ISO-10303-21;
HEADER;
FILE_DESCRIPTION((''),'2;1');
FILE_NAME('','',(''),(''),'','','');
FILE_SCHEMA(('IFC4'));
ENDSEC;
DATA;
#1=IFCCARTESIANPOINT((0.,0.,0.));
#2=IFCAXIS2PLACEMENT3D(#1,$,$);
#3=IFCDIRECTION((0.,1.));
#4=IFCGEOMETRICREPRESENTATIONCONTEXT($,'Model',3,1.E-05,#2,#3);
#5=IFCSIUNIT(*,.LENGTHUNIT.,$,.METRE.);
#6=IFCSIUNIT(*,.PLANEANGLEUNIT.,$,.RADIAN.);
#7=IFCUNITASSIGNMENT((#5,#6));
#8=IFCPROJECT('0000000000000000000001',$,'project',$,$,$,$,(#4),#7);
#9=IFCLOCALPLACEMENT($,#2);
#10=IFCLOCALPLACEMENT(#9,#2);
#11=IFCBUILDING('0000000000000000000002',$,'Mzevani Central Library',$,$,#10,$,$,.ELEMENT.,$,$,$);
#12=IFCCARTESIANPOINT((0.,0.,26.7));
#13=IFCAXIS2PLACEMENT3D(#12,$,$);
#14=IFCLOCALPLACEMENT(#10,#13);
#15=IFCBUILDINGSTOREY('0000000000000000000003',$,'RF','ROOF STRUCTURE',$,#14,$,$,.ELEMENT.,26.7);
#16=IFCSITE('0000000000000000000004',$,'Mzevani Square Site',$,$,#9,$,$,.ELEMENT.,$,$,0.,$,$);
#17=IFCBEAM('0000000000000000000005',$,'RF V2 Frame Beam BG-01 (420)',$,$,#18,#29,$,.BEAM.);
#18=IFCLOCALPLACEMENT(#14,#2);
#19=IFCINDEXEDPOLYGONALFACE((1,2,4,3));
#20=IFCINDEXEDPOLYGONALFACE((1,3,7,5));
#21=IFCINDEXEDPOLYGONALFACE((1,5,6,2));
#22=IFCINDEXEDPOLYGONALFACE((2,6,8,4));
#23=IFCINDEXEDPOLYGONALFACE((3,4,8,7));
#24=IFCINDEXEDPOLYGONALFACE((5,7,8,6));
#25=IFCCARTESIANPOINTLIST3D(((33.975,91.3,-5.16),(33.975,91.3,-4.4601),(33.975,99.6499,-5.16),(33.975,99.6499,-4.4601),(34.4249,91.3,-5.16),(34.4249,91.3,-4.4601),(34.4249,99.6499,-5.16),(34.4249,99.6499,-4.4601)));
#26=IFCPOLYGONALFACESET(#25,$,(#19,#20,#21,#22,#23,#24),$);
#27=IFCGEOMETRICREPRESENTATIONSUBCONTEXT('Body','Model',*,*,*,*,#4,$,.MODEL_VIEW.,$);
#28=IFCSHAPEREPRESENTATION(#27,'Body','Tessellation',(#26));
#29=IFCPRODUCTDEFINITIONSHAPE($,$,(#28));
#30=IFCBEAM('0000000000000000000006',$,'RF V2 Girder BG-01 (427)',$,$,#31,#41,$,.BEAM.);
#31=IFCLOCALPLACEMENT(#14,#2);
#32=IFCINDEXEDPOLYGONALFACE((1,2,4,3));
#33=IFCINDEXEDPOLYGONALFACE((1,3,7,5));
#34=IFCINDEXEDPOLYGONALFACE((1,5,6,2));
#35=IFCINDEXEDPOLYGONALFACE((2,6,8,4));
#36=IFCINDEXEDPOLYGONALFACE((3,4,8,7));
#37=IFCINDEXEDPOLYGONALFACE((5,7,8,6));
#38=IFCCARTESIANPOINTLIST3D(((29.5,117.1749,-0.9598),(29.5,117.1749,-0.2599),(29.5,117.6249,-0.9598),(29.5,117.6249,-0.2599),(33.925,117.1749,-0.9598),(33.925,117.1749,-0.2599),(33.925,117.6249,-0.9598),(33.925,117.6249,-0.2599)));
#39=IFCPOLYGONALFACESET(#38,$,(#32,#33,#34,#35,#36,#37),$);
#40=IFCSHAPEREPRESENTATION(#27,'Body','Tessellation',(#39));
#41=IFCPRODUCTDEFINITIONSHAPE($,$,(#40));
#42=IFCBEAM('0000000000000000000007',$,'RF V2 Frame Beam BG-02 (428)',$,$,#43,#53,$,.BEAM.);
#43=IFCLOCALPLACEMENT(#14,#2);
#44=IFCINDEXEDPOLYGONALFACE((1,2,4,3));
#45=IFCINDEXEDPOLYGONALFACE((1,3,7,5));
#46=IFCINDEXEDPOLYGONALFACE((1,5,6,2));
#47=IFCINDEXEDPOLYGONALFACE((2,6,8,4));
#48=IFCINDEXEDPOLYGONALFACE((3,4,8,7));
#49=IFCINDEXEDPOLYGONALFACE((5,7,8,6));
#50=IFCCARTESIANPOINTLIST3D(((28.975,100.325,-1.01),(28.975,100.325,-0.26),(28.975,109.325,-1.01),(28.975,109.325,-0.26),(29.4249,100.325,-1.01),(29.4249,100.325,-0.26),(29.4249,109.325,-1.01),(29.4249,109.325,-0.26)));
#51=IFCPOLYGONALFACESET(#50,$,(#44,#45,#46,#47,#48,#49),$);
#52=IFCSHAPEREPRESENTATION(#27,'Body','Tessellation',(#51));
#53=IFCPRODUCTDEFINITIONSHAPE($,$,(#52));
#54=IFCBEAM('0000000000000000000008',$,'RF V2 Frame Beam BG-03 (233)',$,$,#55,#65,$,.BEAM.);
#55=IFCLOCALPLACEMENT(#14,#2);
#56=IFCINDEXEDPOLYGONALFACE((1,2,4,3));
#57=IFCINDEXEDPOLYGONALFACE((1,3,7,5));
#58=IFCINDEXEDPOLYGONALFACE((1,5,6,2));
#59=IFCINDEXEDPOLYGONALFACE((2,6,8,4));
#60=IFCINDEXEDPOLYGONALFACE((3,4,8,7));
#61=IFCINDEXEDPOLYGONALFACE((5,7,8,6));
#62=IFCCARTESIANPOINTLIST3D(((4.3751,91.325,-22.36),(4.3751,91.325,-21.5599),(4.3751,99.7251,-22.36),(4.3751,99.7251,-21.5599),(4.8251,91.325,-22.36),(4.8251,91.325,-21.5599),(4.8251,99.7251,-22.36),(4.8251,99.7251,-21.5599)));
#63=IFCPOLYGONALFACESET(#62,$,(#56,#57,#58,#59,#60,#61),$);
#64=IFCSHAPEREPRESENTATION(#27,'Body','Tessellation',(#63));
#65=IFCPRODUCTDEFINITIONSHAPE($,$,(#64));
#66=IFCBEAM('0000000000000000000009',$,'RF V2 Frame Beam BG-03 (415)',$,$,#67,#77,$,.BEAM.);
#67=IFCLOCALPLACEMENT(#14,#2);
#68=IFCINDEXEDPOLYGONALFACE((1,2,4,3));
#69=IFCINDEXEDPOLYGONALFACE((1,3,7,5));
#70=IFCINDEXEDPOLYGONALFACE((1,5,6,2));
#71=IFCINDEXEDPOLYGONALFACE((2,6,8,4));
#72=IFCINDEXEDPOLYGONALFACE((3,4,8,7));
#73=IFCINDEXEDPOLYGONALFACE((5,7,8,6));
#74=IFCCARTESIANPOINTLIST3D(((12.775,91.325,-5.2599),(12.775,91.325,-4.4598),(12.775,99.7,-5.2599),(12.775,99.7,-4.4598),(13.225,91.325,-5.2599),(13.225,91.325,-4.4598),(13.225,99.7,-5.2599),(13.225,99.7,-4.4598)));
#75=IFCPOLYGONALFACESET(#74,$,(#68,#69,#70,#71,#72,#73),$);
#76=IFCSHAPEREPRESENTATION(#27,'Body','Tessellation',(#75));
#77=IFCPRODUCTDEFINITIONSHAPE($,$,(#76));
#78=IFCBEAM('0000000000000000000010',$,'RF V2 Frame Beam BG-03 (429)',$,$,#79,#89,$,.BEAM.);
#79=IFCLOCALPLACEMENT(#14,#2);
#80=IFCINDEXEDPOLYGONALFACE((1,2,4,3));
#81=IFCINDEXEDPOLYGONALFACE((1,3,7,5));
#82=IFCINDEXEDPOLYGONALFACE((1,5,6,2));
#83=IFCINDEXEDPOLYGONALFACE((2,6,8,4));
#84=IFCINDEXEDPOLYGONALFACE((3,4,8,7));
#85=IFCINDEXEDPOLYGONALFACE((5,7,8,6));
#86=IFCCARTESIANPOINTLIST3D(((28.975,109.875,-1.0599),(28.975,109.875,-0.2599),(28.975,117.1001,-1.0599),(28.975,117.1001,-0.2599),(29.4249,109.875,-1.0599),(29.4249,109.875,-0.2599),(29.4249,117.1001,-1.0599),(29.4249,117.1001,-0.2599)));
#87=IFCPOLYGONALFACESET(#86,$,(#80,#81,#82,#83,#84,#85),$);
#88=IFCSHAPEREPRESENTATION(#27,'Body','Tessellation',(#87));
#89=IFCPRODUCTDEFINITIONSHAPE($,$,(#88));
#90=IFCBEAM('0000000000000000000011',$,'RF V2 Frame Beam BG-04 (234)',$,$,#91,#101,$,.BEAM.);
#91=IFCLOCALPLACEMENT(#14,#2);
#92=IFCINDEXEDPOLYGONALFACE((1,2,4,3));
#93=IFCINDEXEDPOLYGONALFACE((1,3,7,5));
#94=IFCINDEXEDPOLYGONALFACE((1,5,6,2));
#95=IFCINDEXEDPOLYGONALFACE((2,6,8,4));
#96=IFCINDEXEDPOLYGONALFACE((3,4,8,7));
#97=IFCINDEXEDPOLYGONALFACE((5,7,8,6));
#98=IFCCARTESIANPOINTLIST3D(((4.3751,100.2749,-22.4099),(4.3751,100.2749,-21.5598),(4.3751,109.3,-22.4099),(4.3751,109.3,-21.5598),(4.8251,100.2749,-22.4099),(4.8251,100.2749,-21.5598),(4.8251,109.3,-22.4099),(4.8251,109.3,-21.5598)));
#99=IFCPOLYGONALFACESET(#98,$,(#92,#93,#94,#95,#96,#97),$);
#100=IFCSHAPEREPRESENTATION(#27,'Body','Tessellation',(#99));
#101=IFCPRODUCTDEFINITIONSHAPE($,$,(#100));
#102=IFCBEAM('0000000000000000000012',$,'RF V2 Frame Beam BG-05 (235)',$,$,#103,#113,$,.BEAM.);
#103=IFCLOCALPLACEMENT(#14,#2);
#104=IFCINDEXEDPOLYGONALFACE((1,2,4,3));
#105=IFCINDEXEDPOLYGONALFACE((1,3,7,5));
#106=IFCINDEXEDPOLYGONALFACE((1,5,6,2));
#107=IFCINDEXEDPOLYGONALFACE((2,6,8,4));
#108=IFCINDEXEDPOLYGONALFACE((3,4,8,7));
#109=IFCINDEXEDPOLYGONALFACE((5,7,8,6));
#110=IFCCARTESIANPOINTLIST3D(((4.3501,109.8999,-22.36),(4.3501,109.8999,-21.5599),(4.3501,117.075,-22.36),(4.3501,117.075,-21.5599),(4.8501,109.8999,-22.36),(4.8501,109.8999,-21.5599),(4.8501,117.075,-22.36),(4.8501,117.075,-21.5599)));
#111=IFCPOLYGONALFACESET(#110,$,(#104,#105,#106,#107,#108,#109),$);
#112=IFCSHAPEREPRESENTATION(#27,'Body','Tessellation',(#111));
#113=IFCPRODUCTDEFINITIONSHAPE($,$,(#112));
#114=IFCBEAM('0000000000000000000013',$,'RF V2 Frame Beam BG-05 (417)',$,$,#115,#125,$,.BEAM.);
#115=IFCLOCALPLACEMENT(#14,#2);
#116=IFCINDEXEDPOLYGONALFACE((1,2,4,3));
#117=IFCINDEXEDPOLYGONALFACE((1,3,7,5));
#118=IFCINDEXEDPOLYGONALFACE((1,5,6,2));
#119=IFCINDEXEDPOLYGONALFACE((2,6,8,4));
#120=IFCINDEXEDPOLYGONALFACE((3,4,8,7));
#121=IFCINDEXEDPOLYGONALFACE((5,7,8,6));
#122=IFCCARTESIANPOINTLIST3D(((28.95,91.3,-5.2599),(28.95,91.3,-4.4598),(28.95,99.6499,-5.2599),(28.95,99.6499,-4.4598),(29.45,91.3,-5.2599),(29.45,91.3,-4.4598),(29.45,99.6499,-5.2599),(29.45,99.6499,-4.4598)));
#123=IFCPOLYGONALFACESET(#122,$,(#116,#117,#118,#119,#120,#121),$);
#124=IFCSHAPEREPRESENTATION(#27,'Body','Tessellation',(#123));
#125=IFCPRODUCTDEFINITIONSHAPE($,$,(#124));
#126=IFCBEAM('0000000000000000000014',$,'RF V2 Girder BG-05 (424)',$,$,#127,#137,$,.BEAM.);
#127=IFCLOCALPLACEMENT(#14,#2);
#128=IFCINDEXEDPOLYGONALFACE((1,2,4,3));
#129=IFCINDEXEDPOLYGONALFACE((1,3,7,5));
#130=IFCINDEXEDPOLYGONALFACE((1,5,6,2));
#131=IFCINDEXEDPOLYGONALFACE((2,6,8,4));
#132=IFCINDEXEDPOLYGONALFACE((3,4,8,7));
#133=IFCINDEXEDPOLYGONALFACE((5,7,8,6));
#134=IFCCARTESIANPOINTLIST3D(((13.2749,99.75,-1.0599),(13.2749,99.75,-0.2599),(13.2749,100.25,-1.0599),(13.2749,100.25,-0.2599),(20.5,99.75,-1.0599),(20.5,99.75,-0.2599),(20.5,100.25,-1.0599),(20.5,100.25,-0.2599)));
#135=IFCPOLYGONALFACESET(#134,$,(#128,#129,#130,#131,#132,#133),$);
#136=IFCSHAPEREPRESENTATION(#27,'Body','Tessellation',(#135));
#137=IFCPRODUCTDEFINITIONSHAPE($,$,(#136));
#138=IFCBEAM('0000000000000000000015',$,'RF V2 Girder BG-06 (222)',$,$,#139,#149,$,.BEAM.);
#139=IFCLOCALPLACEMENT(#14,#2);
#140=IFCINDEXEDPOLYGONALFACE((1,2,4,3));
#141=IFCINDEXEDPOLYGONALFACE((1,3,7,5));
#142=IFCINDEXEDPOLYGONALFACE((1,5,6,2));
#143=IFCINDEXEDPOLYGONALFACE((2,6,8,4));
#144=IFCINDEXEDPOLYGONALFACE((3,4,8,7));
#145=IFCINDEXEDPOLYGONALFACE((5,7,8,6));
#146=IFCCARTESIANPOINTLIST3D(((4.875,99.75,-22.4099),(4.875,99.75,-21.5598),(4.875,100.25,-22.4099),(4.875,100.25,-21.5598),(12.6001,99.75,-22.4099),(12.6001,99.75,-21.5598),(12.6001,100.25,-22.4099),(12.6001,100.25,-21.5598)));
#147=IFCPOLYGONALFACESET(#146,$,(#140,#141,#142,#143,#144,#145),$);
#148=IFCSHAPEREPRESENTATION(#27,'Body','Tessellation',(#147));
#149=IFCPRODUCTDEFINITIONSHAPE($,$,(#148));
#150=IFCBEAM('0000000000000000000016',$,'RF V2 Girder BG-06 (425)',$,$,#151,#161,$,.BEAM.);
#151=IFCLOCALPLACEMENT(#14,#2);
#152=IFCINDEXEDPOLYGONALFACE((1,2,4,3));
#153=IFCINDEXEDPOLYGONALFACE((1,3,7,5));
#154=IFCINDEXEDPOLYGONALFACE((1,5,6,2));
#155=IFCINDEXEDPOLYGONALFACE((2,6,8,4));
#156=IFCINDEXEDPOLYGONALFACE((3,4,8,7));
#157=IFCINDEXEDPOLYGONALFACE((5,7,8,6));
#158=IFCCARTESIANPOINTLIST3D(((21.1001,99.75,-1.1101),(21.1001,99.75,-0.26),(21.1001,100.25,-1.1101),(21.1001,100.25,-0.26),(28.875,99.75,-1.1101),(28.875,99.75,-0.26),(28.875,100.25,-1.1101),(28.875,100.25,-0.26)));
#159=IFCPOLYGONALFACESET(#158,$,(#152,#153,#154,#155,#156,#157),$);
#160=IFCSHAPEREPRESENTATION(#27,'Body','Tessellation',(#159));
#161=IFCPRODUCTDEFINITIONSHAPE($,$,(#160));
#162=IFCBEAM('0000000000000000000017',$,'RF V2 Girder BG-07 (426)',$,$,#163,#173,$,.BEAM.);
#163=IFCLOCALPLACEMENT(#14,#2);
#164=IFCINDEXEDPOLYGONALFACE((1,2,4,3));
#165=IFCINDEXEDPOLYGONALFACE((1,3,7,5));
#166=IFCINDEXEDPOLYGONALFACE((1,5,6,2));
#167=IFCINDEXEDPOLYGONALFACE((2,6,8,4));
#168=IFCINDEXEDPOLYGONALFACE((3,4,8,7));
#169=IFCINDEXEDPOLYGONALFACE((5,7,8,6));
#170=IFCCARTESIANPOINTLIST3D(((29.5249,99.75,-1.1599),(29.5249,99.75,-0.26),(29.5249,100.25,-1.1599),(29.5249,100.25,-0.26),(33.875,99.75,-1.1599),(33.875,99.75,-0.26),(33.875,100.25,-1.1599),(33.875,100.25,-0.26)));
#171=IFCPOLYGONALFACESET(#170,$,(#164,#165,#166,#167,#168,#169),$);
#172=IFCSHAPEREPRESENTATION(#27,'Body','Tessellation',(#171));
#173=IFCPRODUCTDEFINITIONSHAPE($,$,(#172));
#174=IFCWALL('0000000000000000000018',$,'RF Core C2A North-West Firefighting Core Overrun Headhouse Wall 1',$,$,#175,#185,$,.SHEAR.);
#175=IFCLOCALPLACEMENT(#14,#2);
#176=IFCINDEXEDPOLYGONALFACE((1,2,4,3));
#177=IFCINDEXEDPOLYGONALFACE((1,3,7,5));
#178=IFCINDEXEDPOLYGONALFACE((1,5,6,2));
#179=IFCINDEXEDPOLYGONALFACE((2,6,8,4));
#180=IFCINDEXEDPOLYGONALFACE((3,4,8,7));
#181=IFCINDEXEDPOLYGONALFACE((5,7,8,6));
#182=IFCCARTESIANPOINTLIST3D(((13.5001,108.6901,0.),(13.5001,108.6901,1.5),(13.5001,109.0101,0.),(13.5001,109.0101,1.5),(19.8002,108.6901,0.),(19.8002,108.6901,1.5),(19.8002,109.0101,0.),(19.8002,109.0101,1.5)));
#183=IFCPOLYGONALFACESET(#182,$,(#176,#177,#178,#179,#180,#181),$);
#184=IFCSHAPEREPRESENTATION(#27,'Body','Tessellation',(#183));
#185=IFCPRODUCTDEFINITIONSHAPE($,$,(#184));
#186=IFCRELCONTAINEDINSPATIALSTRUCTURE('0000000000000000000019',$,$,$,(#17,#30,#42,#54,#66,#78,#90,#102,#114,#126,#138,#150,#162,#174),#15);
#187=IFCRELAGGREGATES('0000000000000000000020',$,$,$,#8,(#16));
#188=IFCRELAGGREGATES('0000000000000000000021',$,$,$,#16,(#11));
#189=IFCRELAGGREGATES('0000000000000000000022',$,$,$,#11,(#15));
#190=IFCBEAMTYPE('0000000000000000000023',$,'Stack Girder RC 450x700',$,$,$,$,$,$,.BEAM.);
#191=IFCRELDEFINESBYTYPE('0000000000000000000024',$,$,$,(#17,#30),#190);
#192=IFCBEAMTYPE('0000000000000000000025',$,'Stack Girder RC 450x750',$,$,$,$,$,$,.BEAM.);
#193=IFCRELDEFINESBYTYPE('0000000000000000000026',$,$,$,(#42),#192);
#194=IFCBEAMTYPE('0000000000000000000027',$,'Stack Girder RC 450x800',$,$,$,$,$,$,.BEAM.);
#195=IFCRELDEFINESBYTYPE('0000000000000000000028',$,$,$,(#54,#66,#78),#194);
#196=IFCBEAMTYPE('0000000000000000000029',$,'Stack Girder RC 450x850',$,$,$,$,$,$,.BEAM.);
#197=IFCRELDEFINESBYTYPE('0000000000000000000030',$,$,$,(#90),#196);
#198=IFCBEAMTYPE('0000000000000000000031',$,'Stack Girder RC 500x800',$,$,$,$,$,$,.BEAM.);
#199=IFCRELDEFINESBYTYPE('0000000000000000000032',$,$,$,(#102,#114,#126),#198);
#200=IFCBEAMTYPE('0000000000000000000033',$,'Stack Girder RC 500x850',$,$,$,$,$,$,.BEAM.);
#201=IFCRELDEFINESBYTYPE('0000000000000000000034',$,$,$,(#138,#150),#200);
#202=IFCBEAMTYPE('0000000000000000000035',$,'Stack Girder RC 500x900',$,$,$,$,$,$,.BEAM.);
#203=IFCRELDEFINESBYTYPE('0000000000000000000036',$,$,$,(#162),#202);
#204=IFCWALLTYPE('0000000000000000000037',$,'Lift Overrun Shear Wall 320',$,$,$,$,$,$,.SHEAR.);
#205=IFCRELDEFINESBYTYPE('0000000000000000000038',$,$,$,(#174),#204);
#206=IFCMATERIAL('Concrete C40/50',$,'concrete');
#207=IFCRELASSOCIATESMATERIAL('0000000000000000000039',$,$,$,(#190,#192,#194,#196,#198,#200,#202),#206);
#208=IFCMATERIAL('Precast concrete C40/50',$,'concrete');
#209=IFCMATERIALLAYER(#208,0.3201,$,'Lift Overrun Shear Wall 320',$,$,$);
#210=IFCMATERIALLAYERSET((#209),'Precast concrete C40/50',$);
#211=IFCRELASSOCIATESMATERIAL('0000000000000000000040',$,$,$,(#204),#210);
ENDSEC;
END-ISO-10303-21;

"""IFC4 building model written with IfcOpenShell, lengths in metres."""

from ifc_helpers import new_model, si_unit, direction, frame, frame_2d, origin, origin_2d, place, context, subcontext, project, spatial, rectangle, extrude, material, layer, layer_set, material_profile, profile_set, type_object, element, save


model = new_model("IFC4")

# Units and contexts
model_context = context("Model", 3, precision=1e-05, world=origin(), true_north=direction((0.0, 1.0)))
body_context = subcontext(model_context, "Body", "Model", "MODEL_VIEW")
ifc_project = project(units=[si_unit("LENGTHUNIT", "METRE"), si_unit("PLANEANGLEUNIT", "RADIAN")], contexts=[model_context])

# Site, building, storey
site_placement = place(None, origin())
site = spatial("IfcSite", under=ifc_project, at=site_placement, Name="Mzevani Square Site", CompositionType="ELEMENT", RefElevation=0.0)
building_placement = place(site_placement, origin())
building = spatial("IfcBuilding", under=site, at=building_placement, Name="Mzevani Central Library", CompositionType="ELEMENT")
storey_placement = place(building_placement, frame((0.0, 0.0, 26.7)))
storey = spatial("IfcBuildingStorey", under=building, at=storey_placement, Name="RF", Description="ROOF STRUCTURE", CompositionType="ELEMENT", Elevation=26.7)

# Beams
ifc_material_1 = material(Name="Concrete C40/50", Category="concrete")
ifc_material_profile_1 = material_profile(ifc_material_1, rectangle(XDim=0.45, YDim=0.7, at=origin_2d()), Name="RC B450x700")
ifc_profile_set_1 = profile_set([ifc_material_profile_1], Name="Concrete C40/50")
beam_type_1 = type_object("IfcBeamType", Name="Stack Girder RC 450x700", PredefinedType="BEAM", material=ifc_profile_set_1)
beam_1_placement = place(storey_placement, frame((34.2, 91.3, -4.8101), z_axis=(0.0, 1.0, 0.0), x_axis=(-1.0, 0.0, 0.0)))
element("IfcBeam", 1, at=beam_1_placement, inside=storey, type_object=beam_type_1, Name="RF V2 Frame Beam BG-01 (420)", PredefinedType="BEAM", context=body_context, shape_type="SweptSolid", body=[
    extrude(rectangle(XDim=0.45, YDim=0.7, at=origin_2d()), origin(), (0.0, 0.0, 1.0), 8.3499),
])
beam_2_placement = place(storey_placement, frame((29.5, 117.3999, -0.6099), z_axis=(1.0, 0.0, 0.0), x_axis=(0.0, 1.0, 0.0)))
element("IfcBeam", 2, at=beam_2_placement, inside=storey, type_object=beam_type_1, Name="RF V2 Girder BG-01 (427)", PredefinedType="BEAM", context=body_context, shape_type="SweptSolid", body=[
    extrude(rectangle(XDim=0.45, YDim=0.7, at=origin_2d()), origin(), (0.0, 0.0, 1.0), 4.425),
])
ifc_material_profile_2 = material_profile(ifc_material_1, rectangle(XDim=0.45, YDim=0.75, at=origin_2d()), Name="RC B450x750")
ifc_profile_set_2 = profile_set([ifc_material_profile_2], Name="Concrete C40/50")
beam_type_2 = type_object("IfcBeamType", Name="Stack Girder RC 450x750", PredefinedType="BEAM", material=ifc_profile_set_2)
beam_3_placement = place(storey_placement, frame((29.2, 100.325, -0.635), z_axis=(0.0, 1.0, 0.0), x_axis=(-1.0, 0.0, 0.0)))
element("IfcBeam", 3, at=beam_3_placement, inside=storey, type_object=beam_type_2, Name="RF V2 Frame Beam BG-02 (428)", PredefinedType="BEAM", context=body_context, shape_type="SweptSolid", body=[
    extrude(rectangle(XDim=0.45, YDim=0.75, at=origin_2d()), origin(), (0.0, 0.0, 1.0), 9.0),
])
ifc_material_profile_3 = material_profile(ifc_material_1, rectangle(XDim=0.45, YDim=0.8, at=origin_2d()), Name="RC B450x800")
ifc_profile_set_3 = profile_set([ifc_material_profile_3], Name="Concrete C40/50")
beam_type_3 = type_object("IfcBeamType", Name="Stack Girder RC 450x800", PredefinedType="BEAM", material=ifc_profile_set_3)
beam_4_placement = place(storey_placement, frame((4.6001, 91.325, -21.96), z_axis=(0.0, 1.0, 0.0), x_axis=(-1.0, 0.0, 0.0)))
element("IfcBeam", 4, at=beam_4_placement, inside=storey, type_object=beam_type_3, Name="RF V2 Frame Beam BG-03 (233)", PredefinedType="BEAM", context=body_context, shape_type="SweptSolid", body=[
    extrude(rectangle(XDim=0.45, YDim=0.8, at=origin_2d()), origin(), (0.0, 0.0, 1.0), 8.4001),
])
beam_5_placement = place(storey_placement, frame((13.0, 91.325, -4.8599), z_axis=(0.0, 1.0, 0.0), x_axis=(-1.0, 0.0, 0.0)))
element("IfcBeam", 5, at=beam_5_placement, inside=storey, type_object=beam_type_3, Name="RF V2 Frame Beam BG-03 (415)", PredefinedType="BEAM", context=body_context, shape_type="SweptSolid", body=[
    extrude(rectangle(XDim=0.45, YDim=0.8, at=origin_2d()), origin(), (0.0, 0.0, 1.0), 8.375),
])
beam_6_placement = place(storey_placement, frame((29.2, 109.875, -0.6599), z_axis=(0.0, 1.0, 0.0), x_axis=(-1.0, 0.0, 0.0)))
element("IfcBeam", 6, at=beam_6_placement, inside=storey, type_object=beam_type_3, Name="RF V2 Frame Beam BG-03 (429)", PredefinedType="BEAM", context=body_context, shape_type="SweptSolid", body=[
    extrude(rectangle(XDim=0.45, YDim=0.8, at=origin_2d()), origin(), (0.0, 0.0, 1.0), 7.2251),
])
ifc_material_profile_4 = material_profile(ifc_material_1, rectangle(XDim=0.45, YDim=0.8501, at=origin_2d()), Name="RC B450x850")
ifc_profile_set_4 = profile_set([ifc_material_profile_4], Name="Concrete C40/50")
beam_type_4 = type_object("IfcBeamType", Name="Stack Girder RC 450x850", PredefinedType="BEAM", material=ifc_profile_set_4)
beam_7_placement = place(storey_placement, frame((4.6001, 100.2749, -21.9849), z_axis=(0.0, 1.0, 0.0), x_axis=(-1.0, 0.0, 0.0)))
element("IfcBeam", 7, at=beam_7_placement, inside=storey, type_object=beam_type_4, Name="RF V2 Frame Beam BG-04 (234)", PredefinedType="BEAM", context=body_context, shape_type="SweptSolid", body=[
    extrude(rectangle(XDim=0.45, YDim=0.8501, at=origin_2d()), origin(), (0.0, 0.0, 1.0), 9.0251),
])
ifc_material_profile_5 = material_profile(ifc_material_1, rectangle(XDim=0.5, YDim=0.8, at=origin_2d()), Name="RC B500x800")
ifc_profile_set_5 = profile_set([ifc_material_profile_5], Name="Concrete C40/50")
beam_type_5 = type_object("IfcBeamType", Name="Stack Girder RC 500x800", PredefinedType="BEAM", material=ifc_profile_set_5)
beam_8_placement = place(storey_placement, frame((4.6001, 109.8999, -21.96), z_axis=(0.0, 1.0, 0.0), x_axis=(-1.0, 0.0, 0.0)))
element("IfcBeam", 8, at=beam_8_placement, inside=storey, type_object=beam_type_5, Name="RF V2 Frame Beam BG-05 (235)", PredefinedType="BEAM", context=body_context, shape_type="SweptSolid", body=[
    extrude(rectangle(XDim=0.5, YDim=0.8, at=origin_2d()), origin(), (0.0, 0.0, 1.0), 7.175),
])
beam_9_placement = place(storey_placement, frame((29.2, 91.3, -4.8599), z_axis=(0.0, 1.0, 0.0), x_axis=(-1.0, 0.0, 0.0)))
element("IfcBeam", 9, at=beam_9_placement, inside=storey, type_object=beam_type_5, Name="RF V2 Frame Beam BG-05 (417)", PredefinedType="BEAM", context=body_context, shape_type="SweptSolid", body=[
    extrude(rectangle(XDim=0.5, YDim=0.8, at=origin_2d()), origin(), (0.0, 0.0, 1.0), 8.3499),
])
beam_10_placement = place(storey_placement, frame((13.2749, 100.0, -0.6599), z_axis=(1.0, 0.0, 0.0), x_axis=(0.0, 1.0, 0.0)))
element("IfcBeam", 10, at=beam_10_placement, inside=storey, type_object=beam_type_5, Name="RF V2 Girder BG-05 (424)", PredefinedType="BEAM", context=body_context, shape_type="SweptSolid", body=[
    extrude(rectangle(XDim=0.5, YDim=0.8, at=origin_2d()), origin(), (0.0, 0.0, 1.0), 7.2251),
])
ifc_material_profile_6 = material_profile(ifc_material_1, rectangle(XDim=0.5, YDim=0.8501, at=origin_2d()), Name="RC B500x850")
ifc_profile_set_6 = profile_set([ifc_material_profile_6], Name="Concrete C40/50")
beam_type_6 = type_object("IfcBeamType", Name="Stack Girder RC 500x850", PredefinedType="BEAM", material=ifc_profile_set_6)
beam_11_placement = place(storey_placement, frame((4.875, 100.0, -21.9849), z_axis=(1.0, 0.0, 0.0), x_axis=(0.0, 1.0, 0.0)))
element("IfcBeam", 11, at=beam_11_placement, inside=storey, type_object=beam_type_6, Name="RF V2 Girder BG-06 (222)", PredefinedType="BEAM", context=body_context, shape_type="SweptSolid", body=[
    extrude(rectangle(XDim=0.5, YDim=0.8501, at=origin_2d()), origin(), (0.0, 0.0, 1.0), 7.7251),
])
beam_12_placement = place(storey_placement, frame((21.1001, 100.0, -0.6851), z_axis=(1.0, 0.0, 0.0), x_axis=(0.0, 1.0, 0.0)))
element("IfcBeam", 12, at=beam_12_placement, inside=storey, type_object=beam_type_6, Name="RF V2 Girder BG-06 (425)", PredefinedType="BEAM", context=body_context, shape_type="SweptSolid", body=[
    extrude(rectangle(XDim=0.5, YDim=0.8501, at=origin_2d()), origin(), (0.0, 0.0, 1.0), 7.7749),
])
ifc_material_profile_7 = material_profile(ifc_material_1, rectangle(XDim=0.5, YDim=0.8999, at=origin_2d()), Name="RC B500x900")
ifc_profile_set_7 = profile_set([ifc_material_profile_7], Name="Concrete C40/50")
beam_type_7 = type_object("IfcBeamType", Name="Stack Girder RC 500x900", PredefinedType="BEAM", material=ifc_profile_set_7)
beam_13_placement = place(storey_placement, frame((29.5249, 100.0, -0.71), z_axis=(1.0, 0.0, 0.0), x_axis=(0.0, 1.0, 0.0)))
element("IfcBeam", 13, at=beam_13_placement, inside=storey, type_object=beam_type_7, Name="RF V2 Girder BG-07 (426)", PredefinedType="BEAM", context=body_context, shape_type="SweptSolid", body=[
    extrude(rectangle(XDim=0.5, YDim=0.8999, at=origin_2d()), origin(), (0.0, 0.0, 1.0), 4.3501),
])

# Wall
ifc_material_2 = material(Name="Precast concrete C40/50", Category="concrete")
ifc_layer_1 = layer(ifc_material_2, 0.3201, Name="Lift Overrun Shear Wall 320")
ifc_layer_set_1 = layer_set([ifc_layer_1], Name="Precast concrete C40/50")
wall_type_1 = type_object("IfcWallType", Name="Lift Overrun Shear Wall 320", PredefinedType="SHEAR", material=ifc_layer_set_1)
wall_1_placement = place(storey_placement, frame((19.8, 108.8501, 0.0), z_axis=(0.0, 0.0, 1.0), x_axis=(-1.0, 0.0, 0.0)))
element("IfcWall", 14, at=wall_1_placement, inside=storey, type_object=wall_type_1, Name="RF Core C2A North-West Firefighting Core Overrun Headhouse Wall 1", PredefinedType="SHEAR", context=body_context, shape_type="SweptSolid", body=[
    extrude(rectangle(XDim=6.3, YDim=0.3201, at=frame_2d((3.1499, 0.0))), origin(), (0.0, 0.0, 1.0), 1.5),
])

save(model, "model.ifc")
